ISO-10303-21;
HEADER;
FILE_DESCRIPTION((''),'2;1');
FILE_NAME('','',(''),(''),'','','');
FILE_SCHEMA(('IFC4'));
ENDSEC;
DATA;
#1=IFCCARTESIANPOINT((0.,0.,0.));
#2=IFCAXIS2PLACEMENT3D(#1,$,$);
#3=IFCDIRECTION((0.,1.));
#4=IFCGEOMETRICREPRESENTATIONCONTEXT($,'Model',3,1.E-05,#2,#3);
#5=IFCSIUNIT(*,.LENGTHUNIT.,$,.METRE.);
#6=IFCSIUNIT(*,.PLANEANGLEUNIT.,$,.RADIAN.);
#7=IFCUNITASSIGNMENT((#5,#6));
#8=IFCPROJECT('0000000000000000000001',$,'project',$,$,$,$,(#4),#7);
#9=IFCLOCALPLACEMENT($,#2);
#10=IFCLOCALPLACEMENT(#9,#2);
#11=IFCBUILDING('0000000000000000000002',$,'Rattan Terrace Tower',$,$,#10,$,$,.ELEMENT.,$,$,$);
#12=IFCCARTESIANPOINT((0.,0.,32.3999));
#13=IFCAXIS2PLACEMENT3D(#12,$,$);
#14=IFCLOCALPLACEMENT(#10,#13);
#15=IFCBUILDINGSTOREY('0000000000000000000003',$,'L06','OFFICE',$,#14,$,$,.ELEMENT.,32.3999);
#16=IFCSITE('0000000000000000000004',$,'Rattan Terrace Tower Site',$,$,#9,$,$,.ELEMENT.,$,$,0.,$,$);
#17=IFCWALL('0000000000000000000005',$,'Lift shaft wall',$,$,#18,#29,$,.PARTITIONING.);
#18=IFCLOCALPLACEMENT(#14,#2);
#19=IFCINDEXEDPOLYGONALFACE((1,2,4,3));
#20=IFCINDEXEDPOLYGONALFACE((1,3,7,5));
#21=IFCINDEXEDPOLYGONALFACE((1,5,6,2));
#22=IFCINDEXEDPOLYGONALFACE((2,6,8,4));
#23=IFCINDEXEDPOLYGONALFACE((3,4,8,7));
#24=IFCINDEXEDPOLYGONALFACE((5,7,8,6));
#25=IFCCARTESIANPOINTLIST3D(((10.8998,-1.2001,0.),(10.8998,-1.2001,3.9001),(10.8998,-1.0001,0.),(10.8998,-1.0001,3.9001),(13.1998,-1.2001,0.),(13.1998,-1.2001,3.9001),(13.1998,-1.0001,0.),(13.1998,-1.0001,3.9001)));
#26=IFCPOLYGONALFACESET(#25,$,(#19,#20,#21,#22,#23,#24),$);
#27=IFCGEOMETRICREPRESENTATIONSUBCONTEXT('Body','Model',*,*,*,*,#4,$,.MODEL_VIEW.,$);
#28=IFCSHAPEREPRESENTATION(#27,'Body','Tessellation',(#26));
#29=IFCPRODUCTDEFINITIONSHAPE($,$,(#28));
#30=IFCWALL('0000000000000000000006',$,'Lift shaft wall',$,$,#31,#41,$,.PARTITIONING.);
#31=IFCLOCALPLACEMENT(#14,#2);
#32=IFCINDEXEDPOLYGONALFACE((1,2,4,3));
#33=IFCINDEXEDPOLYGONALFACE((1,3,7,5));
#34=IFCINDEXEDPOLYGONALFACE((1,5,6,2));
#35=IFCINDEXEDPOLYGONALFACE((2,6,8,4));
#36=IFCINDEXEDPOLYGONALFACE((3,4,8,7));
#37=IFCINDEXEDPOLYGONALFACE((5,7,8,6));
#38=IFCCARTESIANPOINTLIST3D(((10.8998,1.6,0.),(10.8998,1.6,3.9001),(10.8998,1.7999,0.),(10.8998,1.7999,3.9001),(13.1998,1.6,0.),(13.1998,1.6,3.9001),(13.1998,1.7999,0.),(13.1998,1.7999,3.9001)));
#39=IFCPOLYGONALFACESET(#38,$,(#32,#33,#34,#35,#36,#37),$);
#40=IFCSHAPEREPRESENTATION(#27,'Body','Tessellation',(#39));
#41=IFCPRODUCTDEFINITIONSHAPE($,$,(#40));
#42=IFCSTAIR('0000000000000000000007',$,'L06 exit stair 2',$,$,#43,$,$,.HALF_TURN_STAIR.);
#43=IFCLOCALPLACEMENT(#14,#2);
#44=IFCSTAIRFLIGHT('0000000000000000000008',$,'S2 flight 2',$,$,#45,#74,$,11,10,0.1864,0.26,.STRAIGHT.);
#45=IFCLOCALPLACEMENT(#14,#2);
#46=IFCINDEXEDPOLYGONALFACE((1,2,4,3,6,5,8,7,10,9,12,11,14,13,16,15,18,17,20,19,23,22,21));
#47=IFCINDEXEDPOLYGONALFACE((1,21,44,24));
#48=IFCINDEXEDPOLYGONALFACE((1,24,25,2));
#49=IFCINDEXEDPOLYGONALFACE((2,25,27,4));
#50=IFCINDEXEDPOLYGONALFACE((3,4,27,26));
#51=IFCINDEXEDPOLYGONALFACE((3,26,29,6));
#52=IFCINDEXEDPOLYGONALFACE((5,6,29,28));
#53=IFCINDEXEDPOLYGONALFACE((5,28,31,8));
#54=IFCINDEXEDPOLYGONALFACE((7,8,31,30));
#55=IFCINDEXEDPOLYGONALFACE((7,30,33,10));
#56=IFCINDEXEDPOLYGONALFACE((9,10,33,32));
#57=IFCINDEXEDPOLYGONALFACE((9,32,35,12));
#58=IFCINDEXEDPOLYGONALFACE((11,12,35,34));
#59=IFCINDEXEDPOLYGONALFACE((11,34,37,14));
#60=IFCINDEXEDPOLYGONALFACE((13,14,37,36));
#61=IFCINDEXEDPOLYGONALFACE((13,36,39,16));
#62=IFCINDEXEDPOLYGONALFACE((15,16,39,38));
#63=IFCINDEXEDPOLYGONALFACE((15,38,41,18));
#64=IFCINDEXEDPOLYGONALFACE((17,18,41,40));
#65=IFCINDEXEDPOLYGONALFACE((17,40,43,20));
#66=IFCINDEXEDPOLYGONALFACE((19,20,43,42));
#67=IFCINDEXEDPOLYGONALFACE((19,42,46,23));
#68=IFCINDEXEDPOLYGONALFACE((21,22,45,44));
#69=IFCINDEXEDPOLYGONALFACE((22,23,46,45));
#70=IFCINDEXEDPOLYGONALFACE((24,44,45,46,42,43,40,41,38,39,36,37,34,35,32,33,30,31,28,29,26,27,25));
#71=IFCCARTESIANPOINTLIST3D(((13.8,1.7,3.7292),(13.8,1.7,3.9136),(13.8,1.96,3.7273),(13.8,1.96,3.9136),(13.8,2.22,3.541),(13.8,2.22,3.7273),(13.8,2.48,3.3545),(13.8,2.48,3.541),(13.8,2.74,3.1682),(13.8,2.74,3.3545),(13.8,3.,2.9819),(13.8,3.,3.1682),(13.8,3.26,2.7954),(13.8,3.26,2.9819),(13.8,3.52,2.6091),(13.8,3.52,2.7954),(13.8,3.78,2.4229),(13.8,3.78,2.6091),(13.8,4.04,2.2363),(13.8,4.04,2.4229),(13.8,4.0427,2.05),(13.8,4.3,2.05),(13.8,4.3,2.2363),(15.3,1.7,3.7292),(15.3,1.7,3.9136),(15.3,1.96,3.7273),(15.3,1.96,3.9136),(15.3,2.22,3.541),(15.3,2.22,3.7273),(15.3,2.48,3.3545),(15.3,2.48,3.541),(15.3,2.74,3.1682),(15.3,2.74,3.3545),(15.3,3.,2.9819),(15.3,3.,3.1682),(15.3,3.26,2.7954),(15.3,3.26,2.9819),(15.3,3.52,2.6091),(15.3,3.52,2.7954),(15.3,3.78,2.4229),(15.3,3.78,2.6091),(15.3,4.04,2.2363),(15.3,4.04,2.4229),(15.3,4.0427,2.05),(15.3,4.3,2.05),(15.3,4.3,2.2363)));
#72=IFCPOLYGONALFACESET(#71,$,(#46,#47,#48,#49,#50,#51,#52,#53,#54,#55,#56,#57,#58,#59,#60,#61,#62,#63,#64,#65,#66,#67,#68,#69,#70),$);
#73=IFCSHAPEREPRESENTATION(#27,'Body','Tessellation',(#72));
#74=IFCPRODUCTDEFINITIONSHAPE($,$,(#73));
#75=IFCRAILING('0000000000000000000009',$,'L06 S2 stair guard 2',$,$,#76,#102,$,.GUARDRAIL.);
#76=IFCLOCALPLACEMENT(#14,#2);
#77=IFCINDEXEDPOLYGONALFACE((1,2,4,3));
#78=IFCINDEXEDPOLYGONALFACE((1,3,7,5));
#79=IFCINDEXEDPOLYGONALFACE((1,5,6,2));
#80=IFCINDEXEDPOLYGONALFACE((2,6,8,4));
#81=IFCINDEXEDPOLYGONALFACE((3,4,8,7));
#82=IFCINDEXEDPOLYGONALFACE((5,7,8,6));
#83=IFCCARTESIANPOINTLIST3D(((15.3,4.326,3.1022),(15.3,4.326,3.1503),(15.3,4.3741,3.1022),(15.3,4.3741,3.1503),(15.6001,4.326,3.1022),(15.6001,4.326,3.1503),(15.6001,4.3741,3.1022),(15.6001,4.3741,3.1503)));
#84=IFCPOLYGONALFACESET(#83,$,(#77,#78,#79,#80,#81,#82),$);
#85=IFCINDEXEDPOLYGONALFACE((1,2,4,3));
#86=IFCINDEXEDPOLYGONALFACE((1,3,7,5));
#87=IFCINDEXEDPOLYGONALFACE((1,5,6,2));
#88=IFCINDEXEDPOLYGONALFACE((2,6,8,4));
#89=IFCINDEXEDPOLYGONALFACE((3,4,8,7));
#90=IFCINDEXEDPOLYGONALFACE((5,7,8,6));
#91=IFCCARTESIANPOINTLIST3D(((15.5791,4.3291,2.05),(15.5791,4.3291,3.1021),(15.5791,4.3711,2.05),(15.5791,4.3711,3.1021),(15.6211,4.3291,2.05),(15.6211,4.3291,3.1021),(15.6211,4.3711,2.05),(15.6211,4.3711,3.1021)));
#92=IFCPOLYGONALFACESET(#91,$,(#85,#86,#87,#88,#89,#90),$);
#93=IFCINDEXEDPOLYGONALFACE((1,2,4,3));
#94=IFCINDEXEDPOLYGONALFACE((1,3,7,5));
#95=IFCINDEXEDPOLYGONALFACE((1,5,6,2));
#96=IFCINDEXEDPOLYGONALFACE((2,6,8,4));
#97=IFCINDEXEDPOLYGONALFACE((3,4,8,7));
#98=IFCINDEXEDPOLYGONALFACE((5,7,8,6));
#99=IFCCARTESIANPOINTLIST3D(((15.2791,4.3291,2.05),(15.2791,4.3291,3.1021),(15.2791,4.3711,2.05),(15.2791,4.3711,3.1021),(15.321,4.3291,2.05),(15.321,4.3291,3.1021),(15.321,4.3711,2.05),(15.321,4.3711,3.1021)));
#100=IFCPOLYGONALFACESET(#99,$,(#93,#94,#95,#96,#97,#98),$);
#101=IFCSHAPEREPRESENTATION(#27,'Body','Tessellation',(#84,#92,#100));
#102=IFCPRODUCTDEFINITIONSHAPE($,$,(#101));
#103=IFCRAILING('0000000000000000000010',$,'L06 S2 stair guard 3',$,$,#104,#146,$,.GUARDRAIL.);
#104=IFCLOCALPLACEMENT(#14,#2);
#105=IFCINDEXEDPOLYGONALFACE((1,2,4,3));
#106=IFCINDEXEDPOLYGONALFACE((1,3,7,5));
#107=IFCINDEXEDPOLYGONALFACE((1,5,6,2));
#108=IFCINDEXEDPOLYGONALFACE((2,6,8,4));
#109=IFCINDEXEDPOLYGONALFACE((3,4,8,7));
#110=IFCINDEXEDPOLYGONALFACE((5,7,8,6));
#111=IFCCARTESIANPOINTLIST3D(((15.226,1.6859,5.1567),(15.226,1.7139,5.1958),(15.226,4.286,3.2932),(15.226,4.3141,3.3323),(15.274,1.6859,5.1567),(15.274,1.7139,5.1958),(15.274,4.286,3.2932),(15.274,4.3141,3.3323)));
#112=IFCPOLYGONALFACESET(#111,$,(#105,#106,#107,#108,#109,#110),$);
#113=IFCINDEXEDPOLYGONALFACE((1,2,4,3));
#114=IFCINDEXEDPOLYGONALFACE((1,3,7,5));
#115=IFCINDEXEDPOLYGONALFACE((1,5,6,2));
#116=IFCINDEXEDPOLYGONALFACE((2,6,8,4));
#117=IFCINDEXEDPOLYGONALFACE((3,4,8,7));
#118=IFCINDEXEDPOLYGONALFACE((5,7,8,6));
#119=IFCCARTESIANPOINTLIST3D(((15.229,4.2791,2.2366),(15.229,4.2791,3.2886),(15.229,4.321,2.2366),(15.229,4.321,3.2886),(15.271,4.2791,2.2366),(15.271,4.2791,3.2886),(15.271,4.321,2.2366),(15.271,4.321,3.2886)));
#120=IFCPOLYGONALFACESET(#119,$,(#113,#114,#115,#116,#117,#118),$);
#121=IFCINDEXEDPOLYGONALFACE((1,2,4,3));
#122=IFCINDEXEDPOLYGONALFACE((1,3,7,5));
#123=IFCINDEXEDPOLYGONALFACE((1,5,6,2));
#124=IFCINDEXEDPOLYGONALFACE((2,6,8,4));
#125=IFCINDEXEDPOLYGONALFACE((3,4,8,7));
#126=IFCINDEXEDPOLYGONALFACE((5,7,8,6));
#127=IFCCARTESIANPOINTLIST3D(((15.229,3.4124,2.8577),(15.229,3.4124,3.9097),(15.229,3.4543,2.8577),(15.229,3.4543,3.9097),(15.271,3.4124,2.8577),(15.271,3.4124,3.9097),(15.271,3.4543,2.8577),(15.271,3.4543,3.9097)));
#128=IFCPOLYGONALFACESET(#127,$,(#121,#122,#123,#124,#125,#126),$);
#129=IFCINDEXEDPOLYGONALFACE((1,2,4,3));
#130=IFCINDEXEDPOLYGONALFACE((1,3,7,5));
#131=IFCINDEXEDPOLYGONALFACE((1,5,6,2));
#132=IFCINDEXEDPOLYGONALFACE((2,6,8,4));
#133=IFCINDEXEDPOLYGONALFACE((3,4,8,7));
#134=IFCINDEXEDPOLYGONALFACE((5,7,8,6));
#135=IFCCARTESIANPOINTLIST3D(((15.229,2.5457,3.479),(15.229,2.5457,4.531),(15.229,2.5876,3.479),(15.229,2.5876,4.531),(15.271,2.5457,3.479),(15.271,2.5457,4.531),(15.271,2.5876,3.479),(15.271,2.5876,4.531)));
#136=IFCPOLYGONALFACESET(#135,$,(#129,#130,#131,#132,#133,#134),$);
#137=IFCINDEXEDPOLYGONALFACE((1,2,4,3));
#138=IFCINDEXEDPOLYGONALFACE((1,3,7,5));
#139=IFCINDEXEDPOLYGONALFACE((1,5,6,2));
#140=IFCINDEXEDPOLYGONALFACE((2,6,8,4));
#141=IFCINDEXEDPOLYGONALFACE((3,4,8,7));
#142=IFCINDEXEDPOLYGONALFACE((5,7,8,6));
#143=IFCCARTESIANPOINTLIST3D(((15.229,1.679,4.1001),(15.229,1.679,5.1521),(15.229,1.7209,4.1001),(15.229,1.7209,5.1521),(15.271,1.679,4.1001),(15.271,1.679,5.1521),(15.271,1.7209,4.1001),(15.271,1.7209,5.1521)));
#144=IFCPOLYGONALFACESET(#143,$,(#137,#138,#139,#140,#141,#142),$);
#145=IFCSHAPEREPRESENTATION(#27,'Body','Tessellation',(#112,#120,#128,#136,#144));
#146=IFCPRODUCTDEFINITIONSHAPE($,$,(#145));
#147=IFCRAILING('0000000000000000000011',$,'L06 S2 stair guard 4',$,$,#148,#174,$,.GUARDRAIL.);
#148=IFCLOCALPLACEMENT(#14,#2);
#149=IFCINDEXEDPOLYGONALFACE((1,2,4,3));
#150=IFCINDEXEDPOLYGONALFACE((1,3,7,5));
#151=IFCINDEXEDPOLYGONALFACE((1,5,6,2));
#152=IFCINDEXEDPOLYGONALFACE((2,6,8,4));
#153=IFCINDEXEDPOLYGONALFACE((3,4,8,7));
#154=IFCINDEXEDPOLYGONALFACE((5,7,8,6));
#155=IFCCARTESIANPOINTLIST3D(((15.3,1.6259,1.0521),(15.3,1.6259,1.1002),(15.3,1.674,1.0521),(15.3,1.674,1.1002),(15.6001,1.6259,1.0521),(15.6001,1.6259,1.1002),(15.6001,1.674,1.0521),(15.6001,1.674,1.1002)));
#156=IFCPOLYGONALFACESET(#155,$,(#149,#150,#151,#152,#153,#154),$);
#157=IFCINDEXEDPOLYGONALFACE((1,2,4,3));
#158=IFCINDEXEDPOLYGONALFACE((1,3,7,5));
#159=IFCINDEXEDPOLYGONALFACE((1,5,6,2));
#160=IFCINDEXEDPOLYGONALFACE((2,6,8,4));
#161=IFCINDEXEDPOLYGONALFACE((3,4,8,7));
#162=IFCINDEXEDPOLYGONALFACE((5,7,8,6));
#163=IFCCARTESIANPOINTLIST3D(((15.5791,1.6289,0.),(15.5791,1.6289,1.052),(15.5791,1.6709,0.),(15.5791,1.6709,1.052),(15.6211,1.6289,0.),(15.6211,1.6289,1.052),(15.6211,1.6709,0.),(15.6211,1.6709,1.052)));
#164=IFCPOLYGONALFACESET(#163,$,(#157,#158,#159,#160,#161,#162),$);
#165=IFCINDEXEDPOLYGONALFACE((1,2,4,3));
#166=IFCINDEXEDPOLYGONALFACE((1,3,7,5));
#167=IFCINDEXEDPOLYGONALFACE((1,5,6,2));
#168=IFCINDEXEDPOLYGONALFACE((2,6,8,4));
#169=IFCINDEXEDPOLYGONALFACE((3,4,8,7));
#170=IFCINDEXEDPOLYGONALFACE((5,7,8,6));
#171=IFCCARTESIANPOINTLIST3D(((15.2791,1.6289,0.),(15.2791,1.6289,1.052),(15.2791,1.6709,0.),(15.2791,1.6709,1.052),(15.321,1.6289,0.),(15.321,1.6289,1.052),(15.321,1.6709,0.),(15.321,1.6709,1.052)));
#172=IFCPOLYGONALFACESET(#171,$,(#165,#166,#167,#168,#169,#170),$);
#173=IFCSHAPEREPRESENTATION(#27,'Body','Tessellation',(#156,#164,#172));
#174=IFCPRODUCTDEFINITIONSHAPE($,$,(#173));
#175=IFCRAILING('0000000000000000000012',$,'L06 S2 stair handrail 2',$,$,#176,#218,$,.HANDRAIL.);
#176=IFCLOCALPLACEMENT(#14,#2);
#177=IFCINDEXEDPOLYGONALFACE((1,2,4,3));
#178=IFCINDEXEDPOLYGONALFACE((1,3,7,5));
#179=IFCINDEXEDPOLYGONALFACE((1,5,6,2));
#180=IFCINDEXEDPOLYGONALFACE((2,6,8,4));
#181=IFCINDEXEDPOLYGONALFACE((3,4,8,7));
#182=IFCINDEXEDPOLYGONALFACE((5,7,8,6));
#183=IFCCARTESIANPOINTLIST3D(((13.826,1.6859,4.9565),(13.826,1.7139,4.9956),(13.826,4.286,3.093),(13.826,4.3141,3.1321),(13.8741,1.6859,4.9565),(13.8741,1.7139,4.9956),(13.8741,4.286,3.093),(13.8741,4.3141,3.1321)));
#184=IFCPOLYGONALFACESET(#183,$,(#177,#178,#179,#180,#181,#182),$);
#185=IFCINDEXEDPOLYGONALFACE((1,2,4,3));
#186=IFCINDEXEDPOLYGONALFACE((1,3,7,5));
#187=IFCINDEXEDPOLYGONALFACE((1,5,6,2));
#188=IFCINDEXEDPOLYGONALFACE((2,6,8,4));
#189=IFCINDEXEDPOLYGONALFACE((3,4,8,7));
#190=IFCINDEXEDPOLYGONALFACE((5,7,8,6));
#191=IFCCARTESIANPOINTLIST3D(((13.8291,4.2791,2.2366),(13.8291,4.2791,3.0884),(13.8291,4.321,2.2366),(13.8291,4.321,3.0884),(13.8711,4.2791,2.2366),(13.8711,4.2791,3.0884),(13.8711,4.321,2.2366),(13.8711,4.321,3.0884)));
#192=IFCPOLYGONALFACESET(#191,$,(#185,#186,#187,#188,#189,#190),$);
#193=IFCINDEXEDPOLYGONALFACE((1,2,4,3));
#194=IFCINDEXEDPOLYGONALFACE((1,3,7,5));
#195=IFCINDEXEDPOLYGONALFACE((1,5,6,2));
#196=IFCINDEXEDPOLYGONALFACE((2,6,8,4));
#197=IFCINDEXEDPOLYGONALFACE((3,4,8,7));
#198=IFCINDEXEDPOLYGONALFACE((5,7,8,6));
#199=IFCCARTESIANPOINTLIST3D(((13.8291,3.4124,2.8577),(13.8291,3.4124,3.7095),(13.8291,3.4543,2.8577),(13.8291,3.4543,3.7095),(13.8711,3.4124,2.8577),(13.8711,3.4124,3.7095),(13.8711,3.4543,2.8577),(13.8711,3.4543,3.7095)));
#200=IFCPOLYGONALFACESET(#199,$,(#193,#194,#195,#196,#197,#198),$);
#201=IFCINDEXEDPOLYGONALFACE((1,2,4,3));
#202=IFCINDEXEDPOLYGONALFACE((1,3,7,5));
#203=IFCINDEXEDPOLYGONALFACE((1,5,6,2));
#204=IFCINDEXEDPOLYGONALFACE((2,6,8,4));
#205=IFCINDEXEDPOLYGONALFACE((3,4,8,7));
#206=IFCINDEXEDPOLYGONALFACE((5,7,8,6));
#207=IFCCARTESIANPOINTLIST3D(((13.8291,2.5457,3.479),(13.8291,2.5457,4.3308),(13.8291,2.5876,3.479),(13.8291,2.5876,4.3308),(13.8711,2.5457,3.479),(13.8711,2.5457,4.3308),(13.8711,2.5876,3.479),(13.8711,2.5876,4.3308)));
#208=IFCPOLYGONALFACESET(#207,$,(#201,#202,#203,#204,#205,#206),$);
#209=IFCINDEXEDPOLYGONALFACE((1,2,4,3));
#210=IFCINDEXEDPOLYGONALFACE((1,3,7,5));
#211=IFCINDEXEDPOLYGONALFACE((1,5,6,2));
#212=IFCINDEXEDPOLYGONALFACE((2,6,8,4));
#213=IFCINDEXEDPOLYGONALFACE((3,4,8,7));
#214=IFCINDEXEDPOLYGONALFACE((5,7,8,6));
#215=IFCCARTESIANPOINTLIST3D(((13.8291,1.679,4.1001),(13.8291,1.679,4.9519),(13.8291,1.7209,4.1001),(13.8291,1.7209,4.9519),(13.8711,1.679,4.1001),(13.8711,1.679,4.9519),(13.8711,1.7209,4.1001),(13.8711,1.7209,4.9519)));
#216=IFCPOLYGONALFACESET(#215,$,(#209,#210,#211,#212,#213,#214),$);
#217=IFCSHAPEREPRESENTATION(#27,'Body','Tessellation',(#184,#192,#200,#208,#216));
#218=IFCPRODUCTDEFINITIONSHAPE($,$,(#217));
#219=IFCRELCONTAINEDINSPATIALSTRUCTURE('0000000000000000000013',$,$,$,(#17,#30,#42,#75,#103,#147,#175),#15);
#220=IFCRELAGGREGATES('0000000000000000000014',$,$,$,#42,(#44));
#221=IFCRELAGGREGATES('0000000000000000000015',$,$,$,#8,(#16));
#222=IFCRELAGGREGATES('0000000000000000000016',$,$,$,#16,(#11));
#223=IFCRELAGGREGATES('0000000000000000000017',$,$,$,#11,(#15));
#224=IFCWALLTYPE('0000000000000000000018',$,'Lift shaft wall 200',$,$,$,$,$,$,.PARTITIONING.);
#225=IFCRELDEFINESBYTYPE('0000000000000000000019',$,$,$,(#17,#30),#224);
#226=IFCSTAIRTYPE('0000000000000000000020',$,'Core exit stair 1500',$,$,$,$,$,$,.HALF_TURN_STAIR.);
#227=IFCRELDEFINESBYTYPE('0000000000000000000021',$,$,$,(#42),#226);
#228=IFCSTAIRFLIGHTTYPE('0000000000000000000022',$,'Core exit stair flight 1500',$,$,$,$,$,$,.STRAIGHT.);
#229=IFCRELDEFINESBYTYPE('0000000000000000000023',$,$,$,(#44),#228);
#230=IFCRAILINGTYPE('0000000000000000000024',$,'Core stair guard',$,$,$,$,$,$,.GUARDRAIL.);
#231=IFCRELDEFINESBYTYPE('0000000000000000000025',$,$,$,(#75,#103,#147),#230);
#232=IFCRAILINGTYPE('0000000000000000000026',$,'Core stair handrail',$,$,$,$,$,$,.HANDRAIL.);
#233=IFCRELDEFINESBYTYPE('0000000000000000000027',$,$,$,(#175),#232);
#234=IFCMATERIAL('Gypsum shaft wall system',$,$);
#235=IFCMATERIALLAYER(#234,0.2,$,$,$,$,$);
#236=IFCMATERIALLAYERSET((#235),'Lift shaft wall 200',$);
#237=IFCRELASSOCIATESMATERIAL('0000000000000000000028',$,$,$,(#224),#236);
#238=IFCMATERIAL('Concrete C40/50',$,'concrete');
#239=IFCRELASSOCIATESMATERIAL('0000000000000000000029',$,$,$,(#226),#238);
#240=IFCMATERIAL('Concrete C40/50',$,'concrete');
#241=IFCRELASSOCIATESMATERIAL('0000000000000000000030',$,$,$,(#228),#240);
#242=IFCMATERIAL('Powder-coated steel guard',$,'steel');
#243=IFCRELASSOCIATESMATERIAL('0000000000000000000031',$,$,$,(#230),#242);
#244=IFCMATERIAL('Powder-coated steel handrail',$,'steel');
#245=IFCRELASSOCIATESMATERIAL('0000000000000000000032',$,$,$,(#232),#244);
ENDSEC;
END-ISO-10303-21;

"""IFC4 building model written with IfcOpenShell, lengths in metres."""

from ifc_helpers import new_model, si_unit, direction, frame, frame_2d, origin, origin_2d, place, context, subcontext, project, spatial, polyline, rectangle, outline, extrude, material, layer, layer_set, type_object, element, aggregate, save


model = new_model("IFC4")

# Units and contexts
model_context = context("Model", 3, precision=1e-05, world=origin(), true_north=direction((0.0, 1.0)))
body_context = subcontext(model_context, "Body", "Model", "MODEL_VIEW")
ifc_project = project(units=[si_unit("LENGTHUNIT", "METRE"), si_unit("PLANEANGLEUNIT", "RADIAN")], contexts=[model_context])

# Site, building, storey
site_placement = place(None, origin())
site = spatial("IfcSite", under=ifc_project, at=site_placement, Name="Rattan Terrace Tower Site", CompositionType="ELEMENT", RefElevation=0.0)
building_placement = place(site_placement, origin())
building = spatial("IfcBuilding", under=site, at=building_placement, Name="Rattan Terrace Tower", CompositionType="ELEMENT")
storey_placement = place(building_placement, frame((0.0, 0.0, 32.3999)))
storey = spatial("IfcBuildingStorey", under=building, at=storey_placement, Name="L06", Description="OFFICE", CompositionType="ELEMENT", Elevation=32.3999)

# Walls
ifc_material_1 = material(Name="Gypsum shaft wall system")
ifc_layer_1 = layer(ifc_material_1, 0.2)
ifc_layer_set_1 = layer_set([ifc_layer_1], Name="Lift shaft wall 200")
wall_type_1 = type_object("IfcWallType", Name="Lift shaft wall 200", PredefinedType="PARTITIONING", material=ifc_layer_set_1)
for number, where, z_axis, x_axis, name in (
    (1, (10.8999, -1.1001, 0.0), (0.0, 0.0, 1.0), (1.0, 0.0, 0.0), "Lift shaft wall"),
    (2, (10.8999, 1.7, 0.0), (0.0, 0.0, 1.0), (1.0, 0.0, 0.0), "Lift shaft wall"),
):
    element("IfcWall", number, at=place(storey_placement, frame(where, z_axis=z_axis, x_axis=x_axis)), inside=storey, type_object=wall_type_1, Name=name, PredefinedType="PARTITIONING", context=body_context, shape_type="SweptSolid", body=[
        extrude(rectangle(XDim=2.3, YDim=0.2, at=frame_2d((1.1499, 0.0))), origin(), (0.0, 0.0, 1.0), 3.9001),
    ])

# Stair, stair flight
ifc_material_2 = material(Name="Concrete C40/50", Category="concrete")
stair_type = type_object("IfcStairType", Name="Core exit stair 1500", PredefinedType="HALF_TURN_STAIR", material=ifc_material_2)
stair_placement = place(storey_placement, origin())
stair = element("IfcStair", 3, at=stair_placement, inside=storey, type_object=stair_type, Name="L06 exit stair 2", PredefinedType="HALF_TURN_STAIR")
ifc_material_3 = material(Name="Concrete C40/50", Category="concrete")
stair_flight_type = type_object("IfcStairFlightType", Name="Core exit stair flight 1500", PredefinedType="STRAIGHT", material=ifc_material_3)
stair_flight_placement = place(storey_placement, frame((14.55, 4.3, 2.05), z_axis=(0.0, 0.0, 1.0), x_axis=(0.0, -1.0, 0.0)))
stair_flight = element("IfcStairFlight", 4, at=stair_flight_placement, type_object=stair_flight_type, Name="S2 flight 2", NumberOfRisers=11, NumberOfTreads=10, PredefinedType="STRAIGHT", RiserHeight=0.1864, TreadLength=0.26, context=body_context, shape_type="SweptSolid", body=[
    extrude(outline(polyline([(0.0, 0.0), (0.0, 0.1863), (0.26, 0.1863), (0.26, 0.3728), (0.52, 0.3728), (0.52, 0.5591), (0.78, 0.5591), (0.78, 0.7454), (1.04, 0.7454), (1.04, 0.9319), (1.3, 0.9319), (1.3, 1.1182), (1.5601, 1.1182), (1.5601, 1.3044), (1.8201, 1.3044), (1.8201, 1.491), (2.0801, 1.491), (2.0801, 1.6772), (2.3401, 1.6772), (2.3401, 1.8635), (2.6001, 1.8635), (2.6001, 2.05), (2.6001, 1.6792), (0.2573, 0.0), (0.0, 0.0)])), frame((0.0, 0.75, 0.0), z_axis=(0.0, -1.0, 0.0), x_axis=(1.0, 0.0, 0.0)), (0.0, 0.0, 1.0), 1.5),
])
aggregate(stair, [stair_flight])

# Railings
ifc_material_4 = material(Name="Powder-coated steel guard", Category="steel")
railing_type_1 = type_object("IfcRailingType", Name="Core stair guard", PredefinedType="GUARDRAIL", material=ifc_material_4)
railing_1_placement = place(storey_placement, frame((15.6001, 4.3501, 2.05)))
element("IfcRailing", 5, at=railing_1_placement, inside=storey, type_object=railing_type_1, Name="L06 S2 stair guard 2", PredefinedType="GUARDRAIL", context=body_context, shape_type="SweptSolid", body=[
    extrude(rectangle(XDim=0.0481, YDim=0.0481, at=origin_2d()), frame((0.0, 0.0, 1.0762), z_axis=(-1.0, 0.0, 0.0), x_axis=(0.0, -1.0, 0.0)), (0.0, 0.0, 1.0), 0.3),
    extrude(rectangle(XDim=0.042, YDim=0.042, at=origin_2d()), origin(), (0.0, 0.0, 1.0), 1.052),
    extrude(rectangle(XDim=0.042, YDim=0.042, at=origin_2d()), frame((-0.3, 0.0, 0.0)), (0.0, 0.0, 1.0), 1.052),
])
railing_2_placement = place(storey_placement, frame((15.25, 4.3, 2.2366)))
element("IfcRailing", 6, at=railing_2_placement, inside=storey, type_object=railing_type_1, Name="L06 S2 stair guard 3", PredefinedType="GUARDRAIL", context=body_context, shape_type="SweptSolid", body=[
    extrude(rectangle(XDim=0.0481, YDim=0.0481, at=origin_2d()), frame((0.0, 0.0, 1.0762), z_axis=(0.0, -0.812799, 0.582544), x_axis=(1.0, 0.0, 0.0)), (0.0, 0.0, 1.0), 3.199),
    extrude(rectangle(XDim=0.042, YDim=0.042, at=origin_2d()), origin(), (0.0, 0.0, 1.0), 1.052),
    extrude(rectangle(XDim=0.042, YDim=0.042, at=origin_2d()), frame((0.0, -0.8667, 0.6211)), (0.0, 0.0, 1.0), 1.052),
    extrude(rectangle(XDim=0.042, YDim=0.042, at=origin_2d()), frame((0.0, -1.7334, 1.2424)), (0.0, 0.0, 1.0), 1.052),
    extrude(rectangle(XDim=0.042, YDim=0.042, at=origin_2d()), frame((0.0, -2.6001, 1.8635)), (0.0, 0.0, 1.0), 1.052),
])
railing_3_placement = place(storey_placement, frame((15.6001, 1.6499, 0.0)))
element("IfcRailing", 7, at=railing_3_placement, inside=storey, type_object=railing_type_1, Name="L06 S2 stair guard 4", PredefinedType="GUARDRAIL", context=body_context, shape_type="SweptSolid", body=[
    extrude(rectangle(XDim=0.0481, YDim=0.0481, at=origin_2d()), frame((0.0, 0.0, 1.0762), z_axis=(-1.0, 0.0, 0.0), x_axis=(0.0, -1.0, 0.0)), (0.0, 0.0, 1.0), 0.3),
    extrude(rectangle(XDim=0.042, YDim=0.042, at=origin_2d()), origin(), (0.0, 0.0, 1.0), 1.052),
    extrude(rectangle(XDim=0.042, YDim=0.042, at=origin_2d()), frame((-0.3, 0.0, 0.0)), (0.0, 0.0, 1.0), 1.052),
])
ifc_material_5 = material(Name="Powder-coated steel handrail", Category="steel")
railing_type_2 = type_object("IfcRailingType", Name="Core stair handrail", PredefinedType="HANDRAIL", material=ifc_material_5)
railing_4_placement = place(storey_placement, frame((13.8501, 4.3, 2.2366)))
element("IfcRailing", 8, at=railing_4_placement, inside=storey, type_object=railing_type_2, Name="L06 S2 stair handrail 2", PredefinedType="HANDRAIL", context=body_context, shape_type="SweptSolid", body=[
    extrude(rectangle(XDim=0.0481, YDim=0.0481, at=origin_2d()), frame((0.0, 0.0, 0.876), z_axis=(0.0, -0.812799, 0.582544), x_axis=(1.0, 0.0, 0.0)), (0.0, 0.0, 1.0), 3.199),
    extrude(rectangle(XDim=0.042, YDim=0.042, at=origin_2d()), origin(), (0.0, 0.0, 1.0), 0.8518),
    extrude(rectangle(XDim=0.042, YDim=0.042, at=origin_2d()), frame((0.0, -0.8667, 0.6211)), (0.0, 0.0, 1.0), 0.8518),
    extrude(rectangle(XDim=0.042, YDim=0.042, at=origin_2d()), frame((0.0, -1.7334, 1.2424)), (0.0, 0.0, 1.0), 0.8518),
    extrude(rectangle(XDim=0.042, YDim=0.042, at=origin_2d()), frame((0.0, -2.6001, 1.8635)), (0.0, 0.0, 1.0), 0.8518),
])

save(model, "model.ifc")
